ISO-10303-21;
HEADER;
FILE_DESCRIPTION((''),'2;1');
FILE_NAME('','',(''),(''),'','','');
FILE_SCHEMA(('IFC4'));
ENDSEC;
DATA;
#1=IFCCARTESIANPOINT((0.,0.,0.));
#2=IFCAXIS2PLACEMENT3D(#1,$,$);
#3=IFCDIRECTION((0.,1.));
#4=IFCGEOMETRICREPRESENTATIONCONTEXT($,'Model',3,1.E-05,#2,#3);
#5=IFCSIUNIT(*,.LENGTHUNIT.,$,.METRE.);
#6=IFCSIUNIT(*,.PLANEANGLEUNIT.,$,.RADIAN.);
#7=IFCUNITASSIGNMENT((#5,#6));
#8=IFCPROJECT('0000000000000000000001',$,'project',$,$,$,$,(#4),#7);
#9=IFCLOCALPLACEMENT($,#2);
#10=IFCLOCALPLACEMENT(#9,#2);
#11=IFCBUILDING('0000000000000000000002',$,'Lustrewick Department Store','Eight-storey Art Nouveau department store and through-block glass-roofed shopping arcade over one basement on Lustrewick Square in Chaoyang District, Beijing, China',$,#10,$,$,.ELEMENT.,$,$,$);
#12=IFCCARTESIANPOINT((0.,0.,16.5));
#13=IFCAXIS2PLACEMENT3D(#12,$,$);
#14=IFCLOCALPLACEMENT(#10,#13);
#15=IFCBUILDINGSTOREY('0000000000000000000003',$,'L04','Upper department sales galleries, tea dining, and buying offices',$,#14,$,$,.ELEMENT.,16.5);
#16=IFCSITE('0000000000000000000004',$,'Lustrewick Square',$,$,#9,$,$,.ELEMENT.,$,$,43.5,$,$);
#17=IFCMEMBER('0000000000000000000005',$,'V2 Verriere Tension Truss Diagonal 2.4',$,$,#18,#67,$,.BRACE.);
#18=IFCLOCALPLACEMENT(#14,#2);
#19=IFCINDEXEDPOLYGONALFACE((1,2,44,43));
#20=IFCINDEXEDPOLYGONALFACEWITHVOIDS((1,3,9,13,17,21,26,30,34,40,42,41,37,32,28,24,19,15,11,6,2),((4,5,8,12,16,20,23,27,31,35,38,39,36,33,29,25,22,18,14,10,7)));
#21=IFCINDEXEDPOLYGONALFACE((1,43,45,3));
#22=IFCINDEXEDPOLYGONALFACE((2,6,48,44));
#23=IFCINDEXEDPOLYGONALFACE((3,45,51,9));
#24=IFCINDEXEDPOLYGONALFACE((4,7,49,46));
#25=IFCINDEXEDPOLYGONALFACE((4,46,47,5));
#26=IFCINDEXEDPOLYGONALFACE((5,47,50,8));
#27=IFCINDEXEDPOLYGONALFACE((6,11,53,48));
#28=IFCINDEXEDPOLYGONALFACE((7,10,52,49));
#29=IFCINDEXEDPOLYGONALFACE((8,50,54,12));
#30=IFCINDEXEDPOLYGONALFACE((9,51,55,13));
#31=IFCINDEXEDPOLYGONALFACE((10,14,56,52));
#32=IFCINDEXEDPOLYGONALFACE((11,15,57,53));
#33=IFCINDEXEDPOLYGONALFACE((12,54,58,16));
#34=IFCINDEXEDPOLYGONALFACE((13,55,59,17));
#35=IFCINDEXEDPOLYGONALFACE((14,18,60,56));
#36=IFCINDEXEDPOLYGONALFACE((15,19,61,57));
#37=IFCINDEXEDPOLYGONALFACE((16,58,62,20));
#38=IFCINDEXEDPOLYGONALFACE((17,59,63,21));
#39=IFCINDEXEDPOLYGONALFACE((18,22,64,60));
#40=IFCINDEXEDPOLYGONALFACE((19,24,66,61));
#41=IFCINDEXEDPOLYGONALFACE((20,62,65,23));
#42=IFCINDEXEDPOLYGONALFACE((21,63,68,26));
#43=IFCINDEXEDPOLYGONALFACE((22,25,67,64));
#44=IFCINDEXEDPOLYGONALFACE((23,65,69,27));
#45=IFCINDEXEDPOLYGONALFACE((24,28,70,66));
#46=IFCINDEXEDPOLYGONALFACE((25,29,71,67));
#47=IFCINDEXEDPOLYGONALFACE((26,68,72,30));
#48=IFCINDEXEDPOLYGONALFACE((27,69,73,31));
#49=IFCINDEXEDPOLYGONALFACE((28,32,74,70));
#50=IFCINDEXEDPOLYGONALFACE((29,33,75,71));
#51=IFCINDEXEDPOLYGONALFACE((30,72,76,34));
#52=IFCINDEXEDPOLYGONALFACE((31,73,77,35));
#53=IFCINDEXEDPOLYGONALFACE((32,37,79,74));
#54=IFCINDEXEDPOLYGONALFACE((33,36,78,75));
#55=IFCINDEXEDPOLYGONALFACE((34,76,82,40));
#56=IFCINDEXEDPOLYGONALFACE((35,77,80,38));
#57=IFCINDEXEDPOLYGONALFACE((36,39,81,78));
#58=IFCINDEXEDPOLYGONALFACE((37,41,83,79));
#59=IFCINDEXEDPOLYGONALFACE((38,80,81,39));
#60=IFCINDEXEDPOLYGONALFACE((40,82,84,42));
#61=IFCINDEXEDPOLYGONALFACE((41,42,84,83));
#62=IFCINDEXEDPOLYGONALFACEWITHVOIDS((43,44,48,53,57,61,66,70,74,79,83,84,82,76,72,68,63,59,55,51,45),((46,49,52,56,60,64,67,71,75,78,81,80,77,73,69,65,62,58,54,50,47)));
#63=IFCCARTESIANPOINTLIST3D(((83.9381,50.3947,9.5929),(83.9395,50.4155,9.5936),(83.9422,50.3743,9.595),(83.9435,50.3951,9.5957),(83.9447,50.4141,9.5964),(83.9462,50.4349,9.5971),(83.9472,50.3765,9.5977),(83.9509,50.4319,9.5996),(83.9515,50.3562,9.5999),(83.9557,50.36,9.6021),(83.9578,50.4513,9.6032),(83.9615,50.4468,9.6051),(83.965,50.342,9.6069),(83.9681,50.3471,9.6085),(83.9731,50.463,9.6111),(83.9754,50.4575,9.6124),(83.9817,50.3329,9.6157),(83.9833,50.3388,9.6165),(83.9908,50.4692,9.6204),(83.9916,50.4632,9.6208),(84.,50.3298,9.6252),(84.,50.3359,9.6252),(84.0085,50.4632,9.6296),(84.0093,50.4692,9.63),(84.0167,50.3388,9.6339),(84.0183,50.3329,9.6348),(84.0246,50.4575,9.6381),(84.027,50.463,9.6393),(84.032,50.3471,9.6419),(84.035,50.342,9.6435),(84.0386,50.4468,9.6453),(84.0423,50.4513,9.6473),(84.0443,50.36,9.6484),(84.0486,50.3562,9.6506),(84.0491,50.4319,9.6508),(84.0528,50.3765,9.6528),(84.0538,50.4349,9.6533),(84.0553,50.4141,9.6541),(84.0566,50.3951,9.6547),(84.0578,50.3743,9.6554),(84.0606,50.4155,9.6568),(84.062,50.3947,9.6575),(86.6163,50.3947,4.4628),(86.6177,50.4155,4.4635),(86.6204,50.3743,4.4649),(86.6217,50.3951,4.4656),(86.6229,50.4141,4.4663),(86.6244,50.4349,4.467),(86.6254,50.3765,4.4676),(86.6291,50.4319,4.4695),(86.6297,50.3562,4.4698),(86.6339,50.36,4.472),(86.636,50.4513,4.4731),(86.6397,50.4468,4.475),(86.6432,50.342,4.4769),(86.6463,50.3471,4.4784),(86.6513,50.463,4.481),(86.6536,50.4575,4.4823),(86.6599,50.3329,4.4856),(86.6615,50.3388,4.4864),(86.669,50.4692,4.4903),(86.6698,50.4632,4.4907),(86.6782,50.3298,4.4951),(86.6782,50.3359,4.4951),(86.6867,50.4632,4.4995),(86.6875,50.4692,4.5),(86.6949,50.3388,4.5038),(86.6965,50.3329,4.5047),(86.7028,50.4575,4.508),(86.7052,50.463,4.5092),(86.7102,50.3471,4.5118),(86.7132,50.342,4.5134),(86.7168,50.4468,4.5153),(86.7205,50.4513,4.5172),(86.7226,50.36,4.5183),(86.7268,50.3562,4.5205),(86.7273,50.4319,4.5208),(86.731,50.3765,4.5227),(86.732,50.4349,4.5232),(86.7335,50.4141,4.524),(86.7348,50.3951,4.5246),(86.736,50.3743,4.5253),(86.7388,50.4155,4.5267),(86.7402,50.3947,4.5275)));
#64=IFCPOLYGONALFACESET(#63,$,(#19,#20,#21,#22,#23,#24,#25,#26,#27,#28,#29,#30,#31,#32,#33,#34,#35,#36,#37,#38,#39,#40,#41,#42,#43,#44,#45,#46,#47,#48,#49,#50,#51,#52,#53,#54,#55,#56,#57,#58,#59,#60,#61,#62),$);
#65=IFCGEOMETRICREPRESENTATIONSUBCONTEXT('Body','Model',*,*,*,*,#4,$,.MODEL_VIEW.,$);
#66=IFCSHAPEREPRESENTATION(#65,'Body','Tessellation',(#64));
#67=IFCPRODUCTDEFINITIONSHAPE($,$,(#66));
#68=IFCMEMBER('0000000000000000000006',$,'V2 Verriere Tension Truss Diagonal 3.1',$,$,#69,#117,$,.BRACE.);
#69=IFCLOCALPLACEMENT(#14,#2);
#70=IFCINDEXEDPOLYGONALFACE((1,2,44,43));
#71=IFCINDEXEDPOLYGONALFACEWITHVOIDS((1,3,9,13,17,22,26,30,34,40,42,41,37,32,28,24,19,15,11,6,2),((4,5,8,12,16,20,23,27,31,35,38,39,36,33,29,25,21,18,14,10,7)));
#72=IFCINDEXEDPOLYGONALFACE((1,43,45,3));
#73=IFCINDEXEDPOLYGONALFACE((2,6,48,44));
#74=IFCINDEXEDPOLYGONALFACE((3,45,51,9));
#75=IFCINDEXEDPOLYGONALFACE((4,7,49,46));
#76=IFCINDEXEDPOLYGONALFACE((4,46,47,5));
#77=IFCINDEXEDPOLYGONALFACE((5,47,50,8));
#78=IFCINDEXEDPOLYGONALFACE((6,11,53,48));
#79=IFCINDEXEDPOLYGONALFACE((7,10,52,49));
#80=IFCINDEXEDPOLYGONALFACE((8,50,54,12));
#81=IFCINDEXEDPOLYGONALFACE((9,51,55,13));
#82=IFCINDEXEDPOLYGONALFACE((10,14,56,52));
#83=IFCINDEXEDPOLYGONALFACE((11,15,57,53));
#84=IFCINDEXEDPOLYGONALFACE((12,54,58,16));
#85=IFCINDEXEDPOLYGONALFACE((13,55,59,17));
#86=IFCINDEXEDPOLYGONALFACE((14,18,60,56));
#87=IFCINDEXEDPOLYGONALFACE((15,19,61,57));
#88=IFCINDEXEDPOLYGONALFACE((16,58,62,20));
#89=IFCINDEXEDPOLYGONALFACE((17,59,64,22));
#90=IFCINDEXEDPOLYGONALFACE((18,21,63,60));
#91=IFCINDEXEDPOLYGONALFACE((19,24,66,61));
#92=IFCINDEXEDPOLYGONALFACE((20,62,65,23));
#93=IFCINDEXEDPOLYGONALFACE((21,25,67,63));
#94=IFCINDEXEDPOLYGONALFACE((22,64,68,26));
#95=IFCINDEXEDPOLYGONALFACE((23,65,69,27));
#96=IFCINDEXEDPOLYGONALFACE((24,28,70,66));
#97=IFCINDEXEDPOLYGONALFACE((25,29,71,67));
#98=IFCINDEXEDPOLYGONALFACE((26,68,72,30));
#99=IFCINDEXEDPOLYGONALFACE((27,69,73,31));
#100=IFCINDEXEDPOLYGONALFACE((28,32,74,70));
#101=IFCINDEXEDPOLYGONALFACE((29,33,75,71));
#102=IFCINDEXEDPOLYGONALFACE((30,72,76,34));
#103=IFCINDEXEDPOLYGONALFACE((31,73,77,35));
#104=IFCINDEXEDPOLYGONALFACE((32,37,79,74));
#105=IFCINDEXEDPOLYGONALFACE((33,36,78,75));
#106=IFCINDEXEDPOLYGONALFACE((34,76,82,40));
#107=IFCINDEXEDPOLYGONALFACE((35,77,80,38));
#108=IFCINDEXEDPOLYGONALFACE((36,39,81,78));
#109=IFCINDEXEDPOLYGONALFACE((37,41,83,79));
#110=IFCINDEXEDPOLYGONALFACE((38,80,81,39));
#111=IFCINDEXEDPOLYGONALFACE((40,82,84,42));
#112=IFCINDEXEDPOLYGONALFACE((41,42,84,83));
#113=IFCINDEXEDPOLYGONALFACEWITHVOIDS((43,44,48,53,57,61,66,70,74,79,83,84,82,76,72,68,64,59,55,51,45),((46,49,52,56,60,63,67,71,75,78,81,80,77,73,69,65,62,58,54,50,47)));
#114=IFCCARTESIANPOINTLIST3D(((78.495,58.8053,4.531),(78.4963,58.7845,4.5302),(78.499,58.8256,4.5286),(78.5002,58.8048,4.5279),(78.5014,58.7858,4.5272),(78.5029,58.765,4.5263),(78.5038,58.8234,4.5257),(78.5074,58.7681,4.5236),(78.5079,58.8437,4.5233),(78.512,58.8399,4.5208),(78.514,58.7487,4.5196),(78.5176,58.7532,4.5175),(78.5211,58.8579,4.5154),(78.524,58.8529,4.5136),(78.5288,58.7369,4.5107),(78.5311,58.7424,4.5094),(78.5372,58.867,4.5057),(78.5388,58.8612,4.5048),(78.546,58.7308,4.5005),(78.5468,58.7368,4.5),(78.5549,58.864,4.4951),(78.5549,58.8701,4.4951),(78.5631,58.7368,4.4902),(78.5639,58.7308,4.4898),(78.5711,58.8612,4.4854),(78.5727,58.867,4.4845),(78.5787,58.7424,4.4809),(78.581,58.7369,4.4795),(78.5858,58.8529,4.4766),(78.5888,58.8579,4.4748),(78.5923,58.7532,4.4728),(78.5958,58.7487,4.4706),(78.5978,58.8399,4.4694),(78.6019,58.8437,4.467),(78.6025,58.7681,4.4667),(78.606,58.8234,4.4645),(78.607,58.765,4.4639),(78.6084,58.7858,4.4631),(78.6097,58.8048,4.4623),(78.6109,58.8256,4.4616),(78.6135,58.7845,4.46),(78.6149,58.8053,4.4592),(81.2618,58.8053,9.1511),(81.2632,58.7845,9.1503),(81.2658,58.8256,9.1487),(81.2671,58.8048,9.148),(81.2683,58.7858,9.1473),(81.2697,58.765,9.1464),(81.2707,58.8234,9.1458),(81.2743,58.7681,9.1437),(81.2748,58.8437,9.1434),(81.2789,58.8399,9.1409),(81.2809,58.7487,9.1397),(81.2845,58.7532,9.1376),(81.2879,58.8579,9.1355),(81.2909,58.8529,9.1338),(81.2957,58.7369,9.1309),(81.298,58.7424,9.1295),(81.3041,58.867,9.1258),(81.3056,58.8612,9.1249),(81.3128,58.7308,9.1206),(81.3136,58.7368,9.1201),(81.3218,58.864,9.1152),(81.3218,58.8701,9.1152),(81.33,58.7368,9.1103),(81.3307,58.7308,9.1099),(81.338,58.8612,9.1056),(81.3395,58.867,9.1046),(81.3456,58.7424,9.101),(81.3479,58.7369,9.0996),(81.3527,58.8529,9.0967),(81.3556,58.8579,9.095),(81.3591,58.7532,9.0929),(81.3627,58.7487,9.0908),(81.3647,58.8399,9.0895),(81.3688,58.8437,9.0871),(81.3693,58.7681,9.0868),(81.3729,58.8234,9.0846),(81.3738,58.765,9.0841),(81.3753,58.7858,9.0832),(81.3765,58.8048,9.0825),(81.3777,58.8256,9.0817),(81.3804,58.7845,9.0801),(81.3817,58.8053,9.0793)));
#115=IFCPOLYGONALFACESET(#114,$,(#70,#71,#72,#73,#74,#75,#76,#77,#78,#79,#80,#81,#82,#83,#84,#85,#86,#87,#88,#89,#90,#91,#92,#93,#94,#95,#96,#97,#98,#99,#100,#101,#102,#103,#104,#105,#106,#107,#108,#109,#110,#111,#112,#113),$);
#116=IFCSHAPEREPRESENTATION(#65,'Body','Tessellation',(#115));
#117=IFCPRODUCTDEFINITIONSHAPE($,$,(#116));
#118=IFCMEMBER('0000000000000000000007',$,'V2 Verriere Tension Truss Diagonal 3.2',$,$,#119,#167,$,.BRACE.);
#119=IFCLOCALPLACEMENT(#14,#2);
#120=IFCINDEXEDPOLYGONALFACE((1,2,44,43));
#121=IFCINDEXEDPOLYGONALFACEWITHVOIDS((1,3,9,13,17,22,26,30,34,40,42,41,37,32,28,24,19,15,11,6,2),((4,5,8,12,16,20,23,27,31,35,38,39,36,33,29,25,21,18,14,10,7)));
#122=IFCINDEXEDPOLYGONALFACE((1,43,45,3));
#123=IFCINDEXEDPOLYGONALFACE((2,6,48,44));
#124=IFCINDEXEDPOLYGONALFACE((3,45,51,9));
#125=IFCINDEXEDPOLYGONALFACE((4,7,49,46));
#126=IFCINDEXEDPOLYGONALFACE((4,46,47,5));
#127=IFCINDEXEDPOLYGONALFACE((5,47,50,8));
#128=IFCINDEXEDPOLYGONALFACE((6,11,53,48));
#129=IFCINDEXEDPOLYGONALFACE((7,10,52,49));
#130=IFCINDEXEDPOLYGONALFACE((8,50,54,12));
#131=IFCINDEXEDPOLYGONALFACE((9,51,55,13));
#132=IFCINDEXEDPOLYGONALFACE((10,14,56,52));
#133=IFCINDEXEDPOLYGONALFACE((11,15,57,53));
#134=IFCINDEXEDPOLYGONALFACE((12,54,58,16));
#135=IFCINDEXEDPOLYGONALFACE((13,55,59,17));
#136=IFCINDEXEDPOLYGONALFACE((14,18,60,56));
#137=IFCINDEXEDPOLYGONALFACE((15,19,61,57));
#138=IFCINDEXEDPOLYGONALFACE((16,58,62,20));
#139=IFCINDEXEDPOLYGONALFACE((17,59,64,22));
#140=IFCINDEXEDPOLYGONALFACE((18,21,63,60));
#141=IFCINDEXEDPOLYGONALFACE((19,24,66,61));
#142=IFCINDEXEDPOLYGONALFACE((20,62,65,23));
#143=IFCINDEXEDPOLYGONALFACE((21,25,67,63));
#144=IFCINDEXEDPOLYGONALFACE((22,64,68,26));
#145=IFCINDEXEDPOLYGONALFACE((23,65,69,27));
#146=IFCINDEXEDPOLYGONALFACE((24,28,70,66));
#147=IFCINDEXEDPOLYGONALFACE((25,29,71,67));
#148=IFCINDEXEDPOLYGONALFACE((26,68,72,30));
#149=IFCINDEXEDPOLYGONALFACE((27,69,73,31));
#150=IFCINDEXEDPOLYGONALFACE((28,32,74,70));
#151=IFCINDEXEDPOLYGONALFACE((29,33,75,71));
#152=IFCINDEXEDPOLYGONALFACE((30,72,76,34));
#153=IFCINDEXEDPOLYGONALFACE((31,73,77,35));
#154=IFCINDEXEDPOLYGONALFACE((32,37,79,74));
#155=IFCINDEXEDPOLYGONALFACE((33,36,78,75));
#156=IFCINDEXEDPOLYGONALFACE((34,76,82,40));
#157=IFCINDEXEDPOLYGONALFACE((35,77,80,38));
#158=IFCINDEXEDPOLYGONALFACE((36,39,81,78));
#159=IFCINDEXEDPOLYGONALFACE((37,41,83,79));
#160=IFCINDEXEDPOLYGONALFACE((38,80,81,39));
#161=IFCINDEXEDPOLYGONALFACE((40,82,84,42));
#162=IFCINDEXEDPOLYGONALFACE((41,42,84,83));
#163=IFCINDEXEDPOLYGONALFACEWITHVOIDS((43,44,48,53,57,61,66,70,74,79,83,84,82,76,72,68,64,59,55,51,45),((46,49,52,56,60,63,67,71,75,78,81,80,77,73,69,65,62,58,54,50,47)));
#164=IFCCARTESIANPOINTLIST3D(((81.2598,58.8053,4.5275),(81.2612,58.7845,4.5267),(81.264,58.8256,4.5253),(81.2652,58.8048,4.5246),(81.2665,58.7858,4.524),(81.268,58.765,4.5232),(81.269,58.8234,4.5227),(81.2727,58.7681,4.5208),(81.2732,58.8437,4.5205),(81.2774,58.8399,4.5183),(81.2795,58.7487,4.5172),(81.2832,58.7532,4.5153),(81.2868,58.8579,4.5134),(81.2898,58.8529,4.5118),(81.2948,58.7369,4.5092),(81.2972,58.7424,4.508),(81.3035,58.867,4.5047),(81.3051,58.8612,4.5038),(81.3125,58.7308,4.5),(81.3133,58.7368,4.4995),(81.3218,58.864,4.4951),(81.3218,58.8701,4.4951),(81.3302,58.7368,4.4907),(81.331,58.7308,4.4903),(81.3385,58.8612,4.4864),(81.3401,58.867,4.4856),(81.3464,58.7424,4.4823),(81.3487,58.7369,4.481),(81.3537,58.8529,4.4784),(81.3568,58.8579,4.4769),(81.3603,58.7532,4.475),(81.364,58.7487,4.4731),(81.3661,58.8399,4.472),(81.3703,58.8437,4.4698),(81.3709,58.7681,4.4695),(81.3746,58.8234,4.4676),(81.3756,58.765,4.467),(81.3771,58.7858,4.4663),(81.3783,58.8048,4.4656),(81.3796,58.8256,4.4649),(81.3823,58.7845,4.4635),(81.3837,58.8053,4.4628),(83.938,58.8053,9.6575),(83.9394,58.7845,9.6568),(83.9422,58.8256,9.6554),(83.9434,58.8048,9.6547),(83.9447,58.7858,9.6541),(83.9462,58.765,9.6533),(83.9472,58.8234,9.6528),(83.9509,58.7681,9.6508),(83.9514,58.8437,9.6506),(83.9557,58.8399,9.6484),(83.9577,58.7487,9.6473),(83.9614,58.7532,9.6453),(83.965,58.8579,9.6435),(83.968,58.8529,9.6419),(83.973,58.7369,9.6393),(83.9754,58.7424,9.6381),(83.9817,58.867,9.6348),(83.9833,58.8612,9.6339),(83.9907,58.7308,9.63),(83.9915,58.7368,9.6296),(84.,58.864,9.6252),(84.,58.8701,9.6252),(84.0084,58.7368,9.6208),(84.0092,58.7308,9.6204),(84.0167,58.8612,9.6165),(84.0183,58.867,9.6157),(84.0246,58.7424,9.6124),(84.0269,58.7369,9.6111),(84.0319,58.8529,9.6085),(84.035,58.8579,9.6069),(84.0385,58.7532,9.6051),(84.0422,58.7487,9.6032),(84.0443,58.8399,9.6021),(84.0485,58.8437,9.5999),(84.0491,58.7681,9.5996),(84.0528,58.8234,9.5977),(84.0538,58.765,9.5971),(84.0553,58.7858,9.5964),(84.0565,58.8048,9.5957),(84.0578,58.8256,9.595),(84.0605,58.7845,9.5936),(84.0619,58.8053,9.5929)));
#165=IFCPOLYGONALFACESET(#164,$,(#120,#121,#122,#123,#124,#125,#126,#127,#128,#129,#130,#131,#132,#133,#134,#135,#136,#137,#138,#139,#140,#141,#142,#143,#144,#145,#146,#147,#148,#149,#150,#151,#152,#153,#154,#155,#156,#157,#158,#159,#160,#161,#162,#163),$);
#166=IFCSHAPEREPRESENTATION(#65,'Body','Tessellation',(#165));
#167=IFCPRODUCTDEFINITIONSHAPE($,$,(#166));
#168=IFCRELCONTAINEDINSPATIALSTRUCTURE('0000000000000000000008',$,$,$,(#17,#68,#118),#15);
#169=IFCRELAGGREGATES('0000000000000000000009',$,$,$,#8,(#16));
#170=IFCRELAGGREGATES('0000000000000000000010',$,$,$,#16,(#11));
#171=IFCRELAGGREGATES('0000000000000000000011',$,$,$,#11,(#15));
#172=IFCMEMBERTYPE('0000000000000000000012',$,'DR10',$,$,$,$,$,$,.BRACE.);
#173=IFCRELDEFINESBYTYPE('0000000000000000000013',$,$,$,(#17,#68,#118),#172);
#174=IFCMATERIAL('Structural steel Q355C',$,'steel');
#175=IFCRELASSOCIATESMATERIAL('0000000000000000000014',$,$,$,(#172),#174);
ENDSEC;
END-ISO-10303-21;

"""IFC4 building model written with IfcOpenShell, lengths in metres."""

from ifc_helpers import new_model, si_unit, direction, frame, origin, origin_2d, place, context, subcontext, project, spatial, hollow_circle, extrude, material, material_profile, profile_set, type_object, element, save


model = new_model("IFC4")

# Units and contexts
model_context = context("Model", 3, precision=1e-05, world=origin(), true_north=direction((0.0, 1.0)))
body_context = subcontext(model_context, "Body", "Model", "MODEL_VIEW")
ifc_project = project(units=[si_unit("LENGTHUNIT", "METRE"), si_unit("PLANEANGLEUNIT", "RADIAN")], contexts=[model_context])

# Site, building, storey
site_placement = place(None, origin())
site = spatial("IfcSite", under=ifc_project, at=site_placement, Name="Lustrewick Square", CompositionType="ELEMENT", RefElevation=43.5)
building_placement = place(site_placement, origin())
building = spatial("IfcBuilding", under=site, at=building_placement, Name="Lustrewick Department Store", Description="Eight-storey Art Nouveau department store and through-block glass-roofed shopping arcade over one basement on Lustrewick Square in Chaoyang District, Beijing, China", CompositionType="ELEMENT")
storey_placement = place(building_placement, frame((0.0, 0.0, 16.5)))
storey = spatial("IfcBuildingStorey", under=building, at=storey_placement, Name="L04", Description="Upper department sales galleries, tea dining, and buying offices", CompositionType="ELEMENT", Elevation=16.5)

# Members
ifc_material_1 = material(Name="Structural steel Q355C", Category="steel")
ifc_material_profile_1 = material_profile(ifc_material_1, hollow_circle(Radius=0.0701, WallThickness=0.0061, at=origin_2d()), Name="CHS 140x6")
ifc_profile_set_1 = profile_set([ifc_material_profile_1], Name="Structural steel Q355C")
member_type_1 = type_object("IfcMemberType", Name="DR10", PredefinedType="BRACE", material=ifc_profile_set_1)
member_1_placement = place(storey_placement, frame((86.6782, 50.3999, 4.4951), z_axis=(-0.462788, 0.0, 0.886469), x_axis=(0.0, -1.0, 0.0)))
element("IfcMember", 1, at=member_1_placement, inside=storey, type_object=member_type_1, Name="V2 Verriere Tension Truss Diagonal 2.4", PredefinedType="BRACE", context=body_context, shape_type="SweptSolid", body=[
    extrude(hollow_circle(Radius=0.0701, WallThickness=0.0061, at=origin_2d()), origin(), (0.0, 0.0, 1.0), 5.7871),
])
member_2_placement = place(storey_placement, frame((78.5549, 58.8, 4.4951), z_axis=(0.513782, 0.0, 0.857921), x_axis=(0.0, 1.0, 0.0)))
element("IfcMember", 2, at=member_2_placement, inside=storey, type_object=member_type_1, Name="V2 Verriere Tension Truss Diagonal 3.1", PredefinedType="BRACE", context=body_context, shape_type="SweptSolid", body=[
    extrude(hollow_circle(Radius=0.0701, WallThickness=0.0061, at=origin_2d()), origin(), (0.0, 0.0, 1.0), 5.3853),
])
for number, where, z_axis, x_axis, name in (
    (3, (81.3218, 58.8, 4.4951), (0.462788, 0.0, 0.886469), (0.0, 1.0, 0.0), "V2 Verriere Tension Truss Diagonal 3.2"),
):
    element("IfcMember", number, at=place(storey_placement, frame(where, z_axis=z_axis, x_axis=x_axis)), inside=storey, type_object=member_type_1, Name=name, PredefinedType="BRACE", context=body_context, shape_type="SweptSolid", body=[
        extrude(hollow_circle(Radius=0.0701, WallThickness=0.0061, at=origin_2d()), origin(), (0.0, 0.0, 1.0), 5.7871),
    ])

save(model, "model.ifc")
